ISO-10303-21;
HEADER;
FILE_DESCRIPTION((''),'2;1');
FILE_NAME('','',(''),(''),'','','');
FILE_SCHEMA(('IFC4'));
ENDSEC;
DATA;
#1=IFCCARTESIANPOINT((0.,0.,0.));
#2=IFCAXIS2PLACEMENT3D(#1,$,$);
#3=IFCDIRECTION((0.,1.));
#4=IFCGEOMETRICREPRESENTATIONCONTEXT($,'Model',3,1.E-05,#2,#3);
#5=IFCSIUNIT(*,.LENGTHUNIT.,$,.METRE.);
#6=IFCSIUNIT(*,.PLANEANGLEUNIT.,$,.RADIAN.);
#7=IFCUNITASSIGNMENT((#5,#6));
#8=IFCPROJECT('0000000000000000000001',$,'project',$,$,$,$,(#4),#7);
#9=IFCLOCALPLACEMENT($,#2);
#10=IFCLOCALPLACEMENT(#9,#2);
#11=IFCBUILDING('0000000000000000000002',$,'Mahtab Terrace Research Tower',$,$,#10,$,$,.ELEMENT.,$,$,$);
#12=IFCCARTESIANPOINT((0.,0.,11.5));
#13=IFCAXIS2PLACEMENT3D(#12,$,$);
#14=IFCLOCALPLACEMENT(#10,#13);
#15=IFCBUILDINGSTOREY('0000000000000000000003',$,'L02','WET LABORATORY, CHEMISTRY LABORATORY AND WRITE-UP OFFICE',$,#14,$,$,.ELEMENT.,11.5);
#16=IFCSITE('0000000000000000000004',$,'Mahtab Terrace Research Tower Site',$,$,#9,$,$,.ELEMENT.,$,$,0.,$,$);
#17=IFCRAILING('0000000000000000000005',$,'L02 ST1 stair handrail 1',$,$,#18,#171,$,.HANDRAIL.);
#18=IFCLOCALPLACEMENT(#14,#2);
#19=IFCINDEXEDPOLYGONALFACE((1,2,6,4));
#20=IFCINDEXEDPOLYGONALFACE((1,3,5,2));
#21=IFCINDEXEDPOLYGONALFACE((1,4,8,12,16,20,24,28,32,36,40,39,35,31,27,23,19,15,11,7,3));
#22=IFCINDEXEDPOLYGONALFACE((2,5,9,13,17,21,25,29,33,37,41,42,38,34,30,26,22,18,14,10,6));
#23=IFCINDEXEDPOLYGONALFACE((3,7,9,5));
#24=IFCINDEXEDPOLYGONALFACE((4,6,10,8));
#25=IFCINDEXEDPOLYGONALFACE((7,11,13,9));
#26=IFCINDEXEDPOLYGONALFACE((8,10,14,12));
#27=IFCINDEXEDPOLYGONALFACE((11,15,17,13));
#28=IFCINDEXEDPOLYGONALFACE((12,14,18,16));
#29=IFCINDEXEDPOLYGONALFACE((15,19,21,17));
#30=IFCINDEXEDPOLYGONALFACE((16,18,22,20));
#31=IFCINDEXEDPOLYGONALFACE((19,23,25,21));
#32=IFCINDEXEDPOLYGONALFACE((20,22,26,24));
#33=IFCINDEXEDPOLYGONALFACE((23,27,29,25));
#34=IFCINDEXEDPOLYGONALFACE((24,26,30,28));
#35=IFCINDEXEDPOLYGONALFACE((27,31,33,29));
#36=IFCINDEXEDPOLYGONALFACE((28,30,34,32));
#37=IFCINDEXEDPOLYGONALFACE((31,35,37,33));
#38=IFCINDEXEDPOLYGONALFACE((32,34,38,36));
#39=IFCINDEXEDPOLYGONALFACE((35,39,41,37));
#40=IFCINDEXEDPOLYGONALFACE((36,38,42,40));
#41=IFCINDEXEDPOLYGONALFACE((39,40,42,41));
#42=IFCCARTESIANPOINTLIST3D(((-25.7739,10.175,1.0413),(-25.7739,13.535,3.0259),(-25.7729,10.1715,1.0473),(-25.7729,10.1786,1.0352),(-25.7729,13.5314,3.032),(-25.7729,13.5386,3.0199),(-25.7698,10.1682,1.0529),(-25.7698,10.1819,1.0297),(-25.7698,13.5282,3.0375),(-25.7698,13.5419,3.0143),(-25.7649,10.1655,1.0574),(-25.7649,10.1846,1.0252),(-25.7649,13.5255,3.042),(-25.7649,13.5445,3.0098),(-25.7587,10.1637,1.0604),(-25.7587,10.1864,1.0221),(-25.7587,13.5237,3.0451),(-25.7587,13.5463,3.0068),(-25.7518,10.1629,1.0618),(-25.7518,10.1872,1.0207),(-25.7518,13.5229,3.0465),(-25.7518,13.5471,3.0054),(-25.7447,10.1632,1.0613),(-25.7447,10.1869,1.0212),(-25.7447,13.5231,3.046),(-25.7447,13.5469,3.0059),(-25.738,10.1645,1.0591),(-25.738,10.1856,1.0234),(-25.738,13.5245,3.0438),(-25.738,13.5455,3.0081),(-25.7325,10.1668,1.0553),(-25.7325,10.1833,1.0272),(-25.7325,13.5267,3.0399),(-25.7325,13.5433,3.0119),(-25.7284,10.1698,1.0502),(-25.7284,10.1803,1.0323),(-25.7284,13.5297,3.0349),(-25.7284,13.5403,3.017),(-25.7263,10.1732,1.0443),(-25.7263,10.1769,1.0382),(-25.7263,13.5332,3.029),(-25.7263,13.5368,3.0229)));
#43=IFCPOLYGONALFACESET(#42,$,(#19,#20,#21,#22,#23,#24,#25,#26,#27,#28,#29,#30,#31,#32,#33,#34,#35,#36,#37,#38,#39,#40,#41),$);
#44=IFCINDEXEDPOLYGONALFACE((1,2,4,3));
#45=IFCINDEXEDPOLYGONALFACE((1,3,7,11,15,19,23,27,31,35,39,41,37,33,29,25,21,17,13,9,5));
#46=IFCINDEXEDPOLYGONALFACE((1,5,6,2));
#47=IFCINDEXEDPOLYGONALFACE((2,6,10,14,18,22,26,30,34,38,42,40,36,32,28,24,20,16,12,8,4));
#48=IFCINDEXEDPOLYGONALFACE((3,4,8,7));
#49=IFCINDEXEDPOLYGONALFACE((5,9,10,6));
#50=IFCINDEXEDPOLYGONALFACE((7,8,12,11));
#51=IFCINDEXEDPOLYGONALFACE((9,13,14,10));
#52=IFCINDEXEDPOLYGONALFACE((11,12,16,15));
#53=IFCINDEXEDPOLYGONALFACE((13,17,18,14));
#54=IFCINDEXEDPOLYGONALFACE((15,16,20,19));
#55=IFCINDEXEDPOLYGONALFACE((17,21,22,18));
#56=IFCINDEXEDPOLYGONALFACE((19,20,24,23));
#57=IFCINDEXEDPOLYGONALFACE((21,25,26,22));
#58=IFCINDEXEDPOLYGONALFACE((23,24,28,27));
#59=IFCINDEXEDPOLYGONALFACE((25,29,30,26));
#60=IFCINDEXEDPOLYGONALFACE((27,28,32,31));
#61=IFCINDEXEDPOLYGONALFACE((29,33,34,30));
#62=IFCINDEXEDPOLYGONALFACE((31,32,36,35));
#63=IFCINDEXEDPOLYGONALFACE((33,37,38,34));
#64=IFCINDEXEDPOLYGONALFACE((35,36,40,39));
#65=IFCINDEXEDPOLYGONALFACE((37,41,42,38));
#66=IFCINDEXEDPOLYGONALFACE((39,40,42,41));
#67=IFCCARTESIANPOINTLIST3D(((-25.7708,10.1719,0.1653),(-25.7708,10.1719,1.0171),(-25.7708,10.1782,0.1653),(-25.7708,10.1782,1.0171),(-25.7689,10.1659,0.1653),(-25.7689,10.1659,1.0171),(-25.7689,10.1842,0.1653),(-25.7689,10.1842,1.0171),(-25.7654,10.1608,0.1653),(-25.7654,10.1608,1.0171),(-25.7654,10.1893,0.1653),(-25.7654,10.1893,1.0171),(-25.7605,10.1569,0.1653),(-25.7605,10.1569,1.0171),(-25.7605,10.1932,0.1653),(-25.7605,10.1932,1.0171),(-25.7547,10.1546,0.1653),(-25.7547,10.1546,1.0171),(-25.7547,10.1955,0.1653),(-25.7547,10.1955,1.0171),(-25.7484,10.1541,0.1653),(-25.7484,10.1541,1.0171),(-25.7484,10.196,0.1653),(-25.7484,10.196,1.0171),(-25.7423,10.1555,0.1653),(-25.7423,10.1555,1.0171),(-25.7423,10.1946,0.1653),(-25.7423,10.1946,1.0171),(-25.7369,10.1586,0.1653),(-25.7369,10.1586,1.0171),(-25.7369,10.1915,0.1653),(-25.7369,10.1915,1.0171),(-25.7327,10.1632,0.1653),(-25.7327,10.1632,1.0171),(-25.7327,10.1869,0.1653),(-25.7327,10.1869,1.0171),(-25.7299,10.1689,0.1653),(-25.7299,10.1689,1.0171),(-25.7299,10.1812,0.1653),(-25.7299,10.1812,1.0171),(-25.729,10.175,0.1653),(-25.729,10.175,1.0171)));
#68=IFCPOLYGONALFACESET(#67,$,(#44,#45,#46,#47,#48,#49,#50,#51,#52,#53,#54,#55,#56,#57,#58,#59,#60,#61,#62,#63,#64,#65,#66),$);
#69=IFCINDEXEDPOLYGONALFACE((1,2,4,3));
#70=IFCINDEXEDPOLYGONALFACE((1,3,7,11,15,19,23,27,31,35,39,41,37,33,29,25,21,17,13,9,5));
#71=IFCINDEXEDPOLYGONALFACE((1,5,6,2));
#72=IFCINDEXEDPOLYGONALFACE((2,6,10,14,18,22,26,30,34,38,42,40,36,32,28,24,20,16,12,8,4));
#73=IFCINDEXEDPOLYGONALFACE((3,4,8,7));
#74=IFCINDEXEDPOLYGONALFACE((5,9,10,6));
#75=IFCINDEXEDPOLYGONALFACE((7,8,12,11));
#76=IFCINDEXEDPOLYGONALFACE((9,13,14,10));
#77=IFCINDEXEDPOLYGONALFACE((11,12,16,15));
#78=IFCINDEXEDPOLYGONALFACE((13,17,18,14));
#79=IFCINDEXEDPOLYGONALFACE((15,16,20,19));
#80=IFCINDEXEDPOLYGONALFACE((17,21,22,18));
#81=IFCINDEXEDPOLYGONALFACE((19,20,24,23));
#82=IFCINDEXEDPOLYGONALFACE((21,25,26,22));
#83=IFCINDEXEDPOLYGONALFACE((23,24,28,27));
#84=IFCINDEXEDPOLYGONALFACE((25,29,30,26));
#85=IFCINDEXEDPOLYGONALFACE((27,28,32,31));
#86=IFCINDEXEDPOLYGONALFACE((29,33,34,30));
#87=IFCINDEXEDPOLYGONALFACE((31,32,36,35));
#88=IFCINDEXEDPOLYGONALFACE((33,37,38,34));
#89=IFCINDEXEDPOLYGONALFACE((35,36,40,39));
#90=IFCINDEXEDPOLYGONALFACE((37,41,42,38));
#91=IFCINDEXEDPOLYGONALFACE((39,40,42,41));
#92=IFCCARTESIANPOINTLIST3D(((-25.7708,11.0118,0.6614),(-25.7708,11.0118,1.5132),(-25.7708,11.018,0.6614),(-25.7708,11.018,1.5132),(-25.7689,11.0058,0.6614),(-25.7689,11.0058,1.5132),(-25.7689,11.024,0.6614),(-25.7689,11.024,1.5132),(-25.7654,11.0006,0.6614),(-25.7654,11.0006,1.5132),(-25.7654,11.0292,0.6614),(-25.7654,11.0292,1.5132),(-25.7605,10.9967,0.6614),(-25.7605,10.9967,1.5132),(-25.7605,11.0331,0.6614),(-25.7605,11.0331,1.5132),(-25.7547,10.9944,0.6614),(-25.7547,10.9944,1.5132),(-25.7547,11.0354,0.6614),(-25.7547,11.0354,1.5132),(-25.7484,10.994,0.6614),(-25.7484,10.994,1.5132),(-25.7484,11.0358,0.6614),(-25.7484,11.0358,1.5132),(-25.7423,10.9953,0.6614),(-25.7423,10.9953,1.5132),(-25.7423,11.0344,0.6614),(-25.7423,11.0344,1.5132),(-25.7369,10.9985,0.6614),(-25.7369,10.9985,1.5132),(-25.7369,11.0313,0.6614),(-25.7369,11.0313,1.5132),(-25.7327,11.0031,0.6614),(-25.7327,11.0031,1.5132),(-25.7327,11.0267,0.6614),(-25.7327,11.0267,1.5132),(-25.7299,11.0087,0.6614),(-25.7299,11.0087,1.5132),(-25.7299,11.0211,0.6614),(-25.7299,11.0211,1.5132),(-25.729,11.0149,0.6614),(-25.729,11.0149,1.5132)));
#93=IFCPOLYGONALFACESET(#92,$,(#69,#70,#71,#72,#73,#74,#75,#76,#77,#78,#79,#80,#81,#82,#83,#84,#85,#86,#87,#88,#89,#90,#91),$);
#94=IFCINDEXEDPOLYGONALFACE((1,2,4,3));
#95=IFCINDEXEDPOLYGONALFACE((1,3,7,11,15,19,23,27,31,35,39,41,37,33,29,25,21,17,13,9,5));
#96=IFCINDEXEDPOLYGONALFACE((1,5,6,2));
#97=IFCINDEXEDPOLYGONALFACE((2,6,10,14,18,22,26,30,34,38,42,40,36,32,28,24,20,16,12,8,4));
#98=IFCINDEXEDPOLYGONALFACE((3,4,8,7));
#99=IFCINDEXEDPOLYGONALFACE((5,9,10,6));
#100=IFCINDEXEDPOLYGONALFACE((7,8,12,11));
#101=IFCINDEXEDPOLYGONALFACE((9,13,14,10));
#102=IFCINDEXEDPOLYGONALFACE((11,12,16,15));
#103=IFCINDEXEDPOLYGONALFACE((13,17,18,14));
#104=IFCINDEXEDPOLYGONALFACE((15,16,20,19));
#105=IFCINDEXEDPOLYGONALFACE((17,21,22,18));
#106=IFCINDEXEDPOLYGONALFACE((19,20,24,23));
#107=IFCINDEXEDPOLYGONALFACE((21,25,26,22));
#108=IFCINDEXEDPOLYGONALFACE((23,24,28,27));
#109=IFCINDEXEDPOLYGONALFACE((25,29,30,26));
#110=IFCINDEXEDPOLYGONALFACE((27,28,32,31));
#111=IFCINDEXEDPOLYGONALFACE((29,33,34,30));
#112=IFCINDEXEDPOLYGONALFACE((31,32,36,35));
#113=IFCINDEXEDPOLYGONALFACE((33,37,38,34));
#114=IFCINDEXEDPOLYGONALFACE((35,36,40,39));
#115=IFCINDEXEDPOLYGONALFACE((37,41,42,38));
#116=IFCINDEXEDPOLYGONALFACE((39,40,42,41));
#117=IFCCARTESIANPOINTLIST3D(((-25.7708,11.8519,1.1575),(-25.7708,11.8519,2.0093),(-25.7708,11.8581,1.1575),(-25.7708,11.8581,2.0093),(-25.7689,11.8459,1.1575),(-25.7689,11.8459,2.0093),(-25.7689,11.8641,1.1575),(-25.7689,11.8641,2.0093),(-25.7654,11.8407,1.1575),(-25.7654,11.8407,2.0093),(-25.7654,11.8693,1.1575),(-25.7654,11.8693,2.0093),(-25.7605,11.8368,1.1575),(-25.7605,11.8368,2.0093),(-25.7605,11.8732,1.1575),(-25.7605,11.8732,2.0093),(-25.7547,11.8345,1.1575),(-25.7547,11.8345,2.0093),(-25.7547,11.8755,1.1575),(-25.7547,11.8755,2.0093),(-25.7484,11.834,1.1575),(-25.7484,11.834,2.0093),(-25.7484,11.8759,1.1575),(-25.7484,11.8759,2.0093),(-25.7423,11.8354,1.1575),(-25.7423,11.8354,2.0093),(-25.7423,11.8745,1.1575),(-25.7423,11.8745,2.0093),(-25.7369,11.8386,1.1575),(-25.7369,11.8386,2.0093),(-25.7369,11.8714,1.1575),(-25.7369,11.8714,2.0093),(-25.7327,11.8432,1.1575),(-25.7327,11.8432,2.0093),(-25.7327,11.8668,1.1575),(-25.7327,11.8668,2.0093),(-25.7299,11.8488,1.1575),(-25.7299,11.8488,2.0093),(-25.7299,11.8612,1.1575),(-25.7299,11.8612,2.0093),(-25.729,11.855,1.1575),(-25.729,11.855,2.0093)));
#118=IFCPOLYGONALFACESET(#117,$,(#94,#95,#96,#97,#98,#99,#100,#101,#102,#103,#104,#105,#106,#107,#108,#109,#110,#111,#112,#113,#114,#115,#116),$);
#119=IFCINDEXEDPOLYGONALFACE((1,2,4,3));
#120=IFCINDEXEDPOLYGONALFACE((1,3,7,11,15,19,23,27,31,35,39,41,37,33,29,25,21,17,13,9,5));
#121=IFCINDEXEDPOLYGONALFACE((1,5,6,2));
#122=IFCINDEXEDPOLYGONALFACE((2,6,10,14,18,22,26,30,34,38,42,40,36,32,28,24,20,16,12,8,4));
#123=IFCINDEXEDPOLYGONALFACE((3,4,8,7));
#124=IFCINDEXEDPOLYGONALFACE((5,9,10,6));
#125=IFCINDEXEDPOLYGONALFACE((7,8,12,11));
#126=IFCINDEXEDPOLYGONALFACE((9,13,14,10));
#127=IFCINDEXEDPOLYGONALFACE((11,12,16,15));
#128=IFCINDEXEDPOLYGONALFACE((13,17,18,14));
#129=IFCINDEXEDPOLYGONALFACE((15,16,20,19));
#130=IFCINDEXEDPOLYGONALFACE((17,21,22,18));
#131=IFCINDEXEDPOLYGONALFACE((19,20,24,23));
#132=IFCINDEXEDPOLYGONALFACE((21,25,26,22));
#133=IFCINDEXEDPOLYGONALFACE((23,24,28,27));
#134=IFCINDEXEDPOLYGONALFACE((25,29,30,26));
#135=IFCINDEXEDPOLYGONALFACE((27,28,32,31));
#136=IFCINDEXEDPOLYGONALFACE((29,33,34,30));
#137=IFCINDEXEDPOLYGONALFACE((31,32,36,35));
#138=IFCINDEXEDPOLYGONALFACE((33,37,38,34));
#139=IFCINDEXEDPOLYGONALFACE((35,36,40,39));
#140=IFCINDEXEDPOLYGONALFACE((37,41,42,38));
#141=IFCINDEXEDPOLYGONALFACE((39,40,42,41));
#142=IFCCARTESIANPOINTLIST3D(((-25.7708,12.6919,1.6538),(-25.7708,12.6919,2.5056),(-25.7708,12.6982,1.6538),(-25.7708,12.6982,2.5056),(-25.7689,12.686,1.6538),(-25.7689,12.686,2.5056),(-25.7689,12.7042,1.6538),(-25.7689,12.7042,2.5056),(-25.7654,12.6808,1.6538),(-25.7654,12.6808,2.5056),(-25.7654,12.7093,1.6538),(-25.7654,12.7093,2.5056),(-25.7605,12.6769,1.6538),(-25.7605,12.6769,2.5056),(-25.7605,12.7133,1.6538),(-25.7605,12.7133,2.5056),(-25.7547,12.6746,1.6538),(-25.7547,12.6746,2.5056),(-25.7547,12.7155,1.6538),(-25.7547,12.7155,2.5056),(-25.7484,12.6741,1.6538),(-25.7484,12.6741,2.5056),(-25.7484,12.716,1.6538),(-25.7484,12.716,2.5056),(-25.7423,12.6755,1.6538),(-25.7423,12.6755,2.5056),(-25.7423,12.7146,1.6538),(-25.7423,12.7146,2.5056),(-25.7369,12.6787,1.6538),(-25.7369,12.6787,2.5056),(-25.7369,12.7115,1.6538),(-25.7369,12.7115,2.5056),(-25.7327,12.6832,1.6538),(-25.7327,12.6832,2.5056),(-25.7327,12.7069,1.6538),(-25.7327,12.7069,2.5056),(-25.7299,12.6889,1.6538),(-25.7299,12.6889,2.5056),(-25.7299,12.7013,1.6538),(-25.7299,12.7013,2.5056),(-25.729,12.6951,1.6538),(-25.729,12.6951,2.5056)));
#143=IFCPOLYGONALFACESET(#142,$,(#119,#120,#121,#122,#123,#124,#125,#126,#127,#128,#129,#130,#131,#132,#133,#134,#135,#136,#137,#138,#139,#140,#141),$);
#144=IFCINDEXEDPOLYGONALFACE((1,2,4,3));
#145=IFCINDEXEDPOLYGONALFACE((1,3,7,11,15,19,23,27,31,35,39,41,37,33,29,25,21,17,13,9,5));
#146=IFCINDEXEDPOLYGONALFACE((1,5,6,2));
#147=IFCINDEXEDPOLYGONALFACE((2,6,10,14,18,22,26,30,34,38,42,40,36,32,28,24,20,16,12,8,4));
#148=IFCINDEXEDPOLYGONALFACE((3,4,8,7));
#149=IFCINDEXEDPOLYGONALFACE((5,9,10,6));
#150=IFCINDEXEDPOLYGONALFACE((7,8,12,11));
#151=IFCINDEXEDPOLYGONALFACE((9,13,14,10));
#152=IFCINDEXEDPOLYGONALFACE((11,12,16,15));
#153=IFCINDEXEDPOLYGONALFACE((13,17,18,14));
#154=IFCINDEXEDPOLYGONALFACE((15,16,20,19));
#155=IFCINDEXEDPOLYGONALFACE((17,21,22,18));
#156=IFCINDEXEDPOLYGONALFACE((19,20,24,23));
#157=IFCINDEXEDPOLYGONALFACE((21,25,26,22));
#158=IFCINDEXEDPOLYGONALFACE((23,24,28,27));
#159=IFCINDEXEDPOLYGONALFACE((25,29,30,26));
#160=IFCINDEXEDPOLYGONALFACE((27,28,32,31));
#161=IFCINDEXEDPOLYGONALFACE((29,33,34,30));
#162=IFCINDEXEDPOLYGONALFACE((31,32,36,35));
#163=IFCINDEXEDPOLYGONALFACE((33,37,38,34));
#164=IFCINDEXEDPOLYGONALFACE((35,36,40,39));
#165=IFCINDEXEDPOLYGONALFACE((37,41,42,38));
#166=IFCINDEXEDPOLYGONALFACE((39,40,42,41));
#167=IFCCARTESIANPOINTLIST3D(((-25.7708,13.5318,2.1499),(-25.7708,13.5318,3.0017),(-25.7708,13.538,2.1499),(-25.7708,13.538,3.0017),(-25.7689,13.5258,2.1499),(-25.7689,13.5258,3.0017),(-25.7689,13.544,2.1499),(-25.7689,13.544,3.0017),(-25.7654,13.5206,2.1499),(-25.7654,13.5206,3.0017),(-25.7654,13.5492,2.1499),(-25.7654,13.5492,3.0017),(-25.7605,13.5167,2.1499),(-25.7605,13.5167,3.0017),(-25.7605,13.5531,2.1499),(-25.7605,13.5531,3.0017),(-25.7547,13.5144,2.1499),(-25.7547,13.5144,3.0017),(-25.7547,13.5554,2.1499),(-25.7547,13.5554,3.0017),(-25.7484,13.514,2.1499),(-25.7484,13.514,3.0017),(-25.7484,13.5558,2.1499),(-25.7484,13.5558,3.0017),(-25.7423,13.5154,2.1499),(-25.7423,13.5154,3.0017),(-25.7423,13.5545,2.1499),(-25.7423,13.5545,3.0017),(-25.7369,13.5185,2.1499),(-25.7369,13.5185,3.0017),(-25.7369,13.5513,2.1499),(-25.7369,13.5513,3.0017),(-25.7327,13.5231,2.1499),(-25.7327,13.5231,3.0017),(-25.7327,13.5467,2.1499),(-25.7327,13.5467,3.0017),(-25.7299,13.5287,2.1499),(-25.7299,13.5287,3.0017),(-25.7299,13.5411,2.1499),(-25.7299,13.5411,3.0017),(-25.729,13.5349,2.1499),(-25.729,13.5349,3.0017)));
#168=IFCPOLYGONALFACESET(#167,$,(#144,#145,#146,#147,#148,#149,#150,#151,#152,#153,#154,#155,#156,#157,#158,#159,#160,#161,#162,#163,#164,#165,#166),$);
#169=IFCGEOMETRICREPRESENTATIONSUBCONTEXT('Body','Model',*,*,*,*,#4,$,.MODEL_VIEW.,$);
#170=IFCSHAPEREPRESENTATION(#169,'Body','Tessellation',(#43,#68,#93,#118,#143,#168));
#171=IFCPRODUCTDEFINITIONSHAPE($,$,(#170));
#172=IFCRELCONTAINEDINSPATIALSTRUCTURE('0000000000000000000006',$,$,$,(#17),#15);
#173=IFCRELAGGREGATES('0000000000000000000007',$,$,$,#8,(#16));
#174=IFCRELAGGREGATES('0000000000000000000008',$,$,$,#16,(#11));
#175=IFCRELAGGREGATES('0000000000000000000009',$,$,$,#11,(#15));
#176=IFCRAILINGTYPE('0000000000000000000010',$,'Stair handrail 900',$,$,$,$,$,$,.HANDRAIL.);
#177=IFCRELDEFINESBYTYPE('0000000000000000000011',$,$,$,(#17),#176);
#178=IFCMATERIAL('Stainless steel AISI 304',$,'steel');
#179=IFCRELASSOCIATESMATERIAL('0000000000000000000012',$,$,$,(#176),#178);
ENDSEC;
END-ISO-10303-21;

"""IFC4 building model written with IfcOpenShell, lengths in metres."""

from ifc_helpers import new_model, si_unit, direction, frame, origin, origin_2d, place, context, subcontext, project, spatial, circle, extrude, material, type_object, element, save


model = new_model("IFC4")

# Units and contexts
model_context = context("Model", 3, precision=1e-05, world=origin(), true_north=direction((0.0, 1.0)))
body_context = subcontext(model_context, "Body", "Model", "MODEL_VIEW")
ifc_project = project(units=[si_unit("LENGTHUNIT", "METRE"), si_unit("PLANEANGLEUNIT", "RADIAN")], contexts=[model_context])

# Site, building, storey
site_placement = place(None, origin())
site = spatial("IfcSite", under=ifc_project, at=site_placement, Name="Mahtab Terrace Research Tower Site", CompositionType="ELEMENT", RefElevation=0.0)
building_placement = place(site_placement, origin())
building = spatial("IfcBuilding", under=site, at=building_placement, Name="Mahtab Terrace Research Tower", CompositionType="ELEMENT")
storey_placement = place(building_placement, frame((0.0, 0.0, 11.5)))
storey = spatial("IfcBuildingStorey", under=building, at=storey_placement, Name="L02", Description="WET LABORATORY, CHEMISTRY LABORATORY AND WRITE-UP OFFICE", CompositionType="ELEMENT", Elevation=11.5)

# Shared definitions
ifc_material_1 = material(Name="Stainless steel AISI 304", Category="steel")

# Railing
railing_type_1 = type_object("IfcRailingType", Name="Stair handrail 900", PredefinedType="HANDRAIL", material=ifc_material_1)
railing_1_placement = place(storey_placement, frame((-25.75, 10.175, 0.1653)))
element("IfcRailing", 1, at=railing_1_placement, inside=storey, type_object=railing_type_1, Name="L02 ST1 stair handrail 1", PredefinedType="HANDRAIL", context=body_context, shape_type="SweptSolid", body=[
    extrude(circle(Radius=0.0239, at=origin_2d()), frame((0.0, 0.0, 0.876), z_axis=(0.0, 0.861011, 0.508586), x_axis=(-1.0, 0.0, 0.0)), (0.0, 0.0, 1.0), 3.9023),
    extrude(circle(Radius=0.021, at=origin_2d()), origin(), (0.0, 0.0, 1.0), 0.8518),
    extrude(circle(Radius=0.021, at=origin_2d()), frame((0.0, 0.8398, 0.4961)), (0.0, 0.0, 1.0), 0.8518),
    extrude(circle(Radius=0.021, at=origin_2d()), frame((0.0, 1.6799, 0.9922)), (0.0, 0.0, 1.0), 0.8518),
    extrude(circle(Radius=0.021, at=origin_2d()), frame((0.0, 2.52, 1.4885)), (0.0, 0.0, 1.0), 0.8518),
    extrude(circle(Radius=0.021, at=origin_2d()), frame((0.0, 3.3599, 1.9846)), (0.0, 0.0, 1.0), 0.8518),
])

save(model, "model.ifc")
